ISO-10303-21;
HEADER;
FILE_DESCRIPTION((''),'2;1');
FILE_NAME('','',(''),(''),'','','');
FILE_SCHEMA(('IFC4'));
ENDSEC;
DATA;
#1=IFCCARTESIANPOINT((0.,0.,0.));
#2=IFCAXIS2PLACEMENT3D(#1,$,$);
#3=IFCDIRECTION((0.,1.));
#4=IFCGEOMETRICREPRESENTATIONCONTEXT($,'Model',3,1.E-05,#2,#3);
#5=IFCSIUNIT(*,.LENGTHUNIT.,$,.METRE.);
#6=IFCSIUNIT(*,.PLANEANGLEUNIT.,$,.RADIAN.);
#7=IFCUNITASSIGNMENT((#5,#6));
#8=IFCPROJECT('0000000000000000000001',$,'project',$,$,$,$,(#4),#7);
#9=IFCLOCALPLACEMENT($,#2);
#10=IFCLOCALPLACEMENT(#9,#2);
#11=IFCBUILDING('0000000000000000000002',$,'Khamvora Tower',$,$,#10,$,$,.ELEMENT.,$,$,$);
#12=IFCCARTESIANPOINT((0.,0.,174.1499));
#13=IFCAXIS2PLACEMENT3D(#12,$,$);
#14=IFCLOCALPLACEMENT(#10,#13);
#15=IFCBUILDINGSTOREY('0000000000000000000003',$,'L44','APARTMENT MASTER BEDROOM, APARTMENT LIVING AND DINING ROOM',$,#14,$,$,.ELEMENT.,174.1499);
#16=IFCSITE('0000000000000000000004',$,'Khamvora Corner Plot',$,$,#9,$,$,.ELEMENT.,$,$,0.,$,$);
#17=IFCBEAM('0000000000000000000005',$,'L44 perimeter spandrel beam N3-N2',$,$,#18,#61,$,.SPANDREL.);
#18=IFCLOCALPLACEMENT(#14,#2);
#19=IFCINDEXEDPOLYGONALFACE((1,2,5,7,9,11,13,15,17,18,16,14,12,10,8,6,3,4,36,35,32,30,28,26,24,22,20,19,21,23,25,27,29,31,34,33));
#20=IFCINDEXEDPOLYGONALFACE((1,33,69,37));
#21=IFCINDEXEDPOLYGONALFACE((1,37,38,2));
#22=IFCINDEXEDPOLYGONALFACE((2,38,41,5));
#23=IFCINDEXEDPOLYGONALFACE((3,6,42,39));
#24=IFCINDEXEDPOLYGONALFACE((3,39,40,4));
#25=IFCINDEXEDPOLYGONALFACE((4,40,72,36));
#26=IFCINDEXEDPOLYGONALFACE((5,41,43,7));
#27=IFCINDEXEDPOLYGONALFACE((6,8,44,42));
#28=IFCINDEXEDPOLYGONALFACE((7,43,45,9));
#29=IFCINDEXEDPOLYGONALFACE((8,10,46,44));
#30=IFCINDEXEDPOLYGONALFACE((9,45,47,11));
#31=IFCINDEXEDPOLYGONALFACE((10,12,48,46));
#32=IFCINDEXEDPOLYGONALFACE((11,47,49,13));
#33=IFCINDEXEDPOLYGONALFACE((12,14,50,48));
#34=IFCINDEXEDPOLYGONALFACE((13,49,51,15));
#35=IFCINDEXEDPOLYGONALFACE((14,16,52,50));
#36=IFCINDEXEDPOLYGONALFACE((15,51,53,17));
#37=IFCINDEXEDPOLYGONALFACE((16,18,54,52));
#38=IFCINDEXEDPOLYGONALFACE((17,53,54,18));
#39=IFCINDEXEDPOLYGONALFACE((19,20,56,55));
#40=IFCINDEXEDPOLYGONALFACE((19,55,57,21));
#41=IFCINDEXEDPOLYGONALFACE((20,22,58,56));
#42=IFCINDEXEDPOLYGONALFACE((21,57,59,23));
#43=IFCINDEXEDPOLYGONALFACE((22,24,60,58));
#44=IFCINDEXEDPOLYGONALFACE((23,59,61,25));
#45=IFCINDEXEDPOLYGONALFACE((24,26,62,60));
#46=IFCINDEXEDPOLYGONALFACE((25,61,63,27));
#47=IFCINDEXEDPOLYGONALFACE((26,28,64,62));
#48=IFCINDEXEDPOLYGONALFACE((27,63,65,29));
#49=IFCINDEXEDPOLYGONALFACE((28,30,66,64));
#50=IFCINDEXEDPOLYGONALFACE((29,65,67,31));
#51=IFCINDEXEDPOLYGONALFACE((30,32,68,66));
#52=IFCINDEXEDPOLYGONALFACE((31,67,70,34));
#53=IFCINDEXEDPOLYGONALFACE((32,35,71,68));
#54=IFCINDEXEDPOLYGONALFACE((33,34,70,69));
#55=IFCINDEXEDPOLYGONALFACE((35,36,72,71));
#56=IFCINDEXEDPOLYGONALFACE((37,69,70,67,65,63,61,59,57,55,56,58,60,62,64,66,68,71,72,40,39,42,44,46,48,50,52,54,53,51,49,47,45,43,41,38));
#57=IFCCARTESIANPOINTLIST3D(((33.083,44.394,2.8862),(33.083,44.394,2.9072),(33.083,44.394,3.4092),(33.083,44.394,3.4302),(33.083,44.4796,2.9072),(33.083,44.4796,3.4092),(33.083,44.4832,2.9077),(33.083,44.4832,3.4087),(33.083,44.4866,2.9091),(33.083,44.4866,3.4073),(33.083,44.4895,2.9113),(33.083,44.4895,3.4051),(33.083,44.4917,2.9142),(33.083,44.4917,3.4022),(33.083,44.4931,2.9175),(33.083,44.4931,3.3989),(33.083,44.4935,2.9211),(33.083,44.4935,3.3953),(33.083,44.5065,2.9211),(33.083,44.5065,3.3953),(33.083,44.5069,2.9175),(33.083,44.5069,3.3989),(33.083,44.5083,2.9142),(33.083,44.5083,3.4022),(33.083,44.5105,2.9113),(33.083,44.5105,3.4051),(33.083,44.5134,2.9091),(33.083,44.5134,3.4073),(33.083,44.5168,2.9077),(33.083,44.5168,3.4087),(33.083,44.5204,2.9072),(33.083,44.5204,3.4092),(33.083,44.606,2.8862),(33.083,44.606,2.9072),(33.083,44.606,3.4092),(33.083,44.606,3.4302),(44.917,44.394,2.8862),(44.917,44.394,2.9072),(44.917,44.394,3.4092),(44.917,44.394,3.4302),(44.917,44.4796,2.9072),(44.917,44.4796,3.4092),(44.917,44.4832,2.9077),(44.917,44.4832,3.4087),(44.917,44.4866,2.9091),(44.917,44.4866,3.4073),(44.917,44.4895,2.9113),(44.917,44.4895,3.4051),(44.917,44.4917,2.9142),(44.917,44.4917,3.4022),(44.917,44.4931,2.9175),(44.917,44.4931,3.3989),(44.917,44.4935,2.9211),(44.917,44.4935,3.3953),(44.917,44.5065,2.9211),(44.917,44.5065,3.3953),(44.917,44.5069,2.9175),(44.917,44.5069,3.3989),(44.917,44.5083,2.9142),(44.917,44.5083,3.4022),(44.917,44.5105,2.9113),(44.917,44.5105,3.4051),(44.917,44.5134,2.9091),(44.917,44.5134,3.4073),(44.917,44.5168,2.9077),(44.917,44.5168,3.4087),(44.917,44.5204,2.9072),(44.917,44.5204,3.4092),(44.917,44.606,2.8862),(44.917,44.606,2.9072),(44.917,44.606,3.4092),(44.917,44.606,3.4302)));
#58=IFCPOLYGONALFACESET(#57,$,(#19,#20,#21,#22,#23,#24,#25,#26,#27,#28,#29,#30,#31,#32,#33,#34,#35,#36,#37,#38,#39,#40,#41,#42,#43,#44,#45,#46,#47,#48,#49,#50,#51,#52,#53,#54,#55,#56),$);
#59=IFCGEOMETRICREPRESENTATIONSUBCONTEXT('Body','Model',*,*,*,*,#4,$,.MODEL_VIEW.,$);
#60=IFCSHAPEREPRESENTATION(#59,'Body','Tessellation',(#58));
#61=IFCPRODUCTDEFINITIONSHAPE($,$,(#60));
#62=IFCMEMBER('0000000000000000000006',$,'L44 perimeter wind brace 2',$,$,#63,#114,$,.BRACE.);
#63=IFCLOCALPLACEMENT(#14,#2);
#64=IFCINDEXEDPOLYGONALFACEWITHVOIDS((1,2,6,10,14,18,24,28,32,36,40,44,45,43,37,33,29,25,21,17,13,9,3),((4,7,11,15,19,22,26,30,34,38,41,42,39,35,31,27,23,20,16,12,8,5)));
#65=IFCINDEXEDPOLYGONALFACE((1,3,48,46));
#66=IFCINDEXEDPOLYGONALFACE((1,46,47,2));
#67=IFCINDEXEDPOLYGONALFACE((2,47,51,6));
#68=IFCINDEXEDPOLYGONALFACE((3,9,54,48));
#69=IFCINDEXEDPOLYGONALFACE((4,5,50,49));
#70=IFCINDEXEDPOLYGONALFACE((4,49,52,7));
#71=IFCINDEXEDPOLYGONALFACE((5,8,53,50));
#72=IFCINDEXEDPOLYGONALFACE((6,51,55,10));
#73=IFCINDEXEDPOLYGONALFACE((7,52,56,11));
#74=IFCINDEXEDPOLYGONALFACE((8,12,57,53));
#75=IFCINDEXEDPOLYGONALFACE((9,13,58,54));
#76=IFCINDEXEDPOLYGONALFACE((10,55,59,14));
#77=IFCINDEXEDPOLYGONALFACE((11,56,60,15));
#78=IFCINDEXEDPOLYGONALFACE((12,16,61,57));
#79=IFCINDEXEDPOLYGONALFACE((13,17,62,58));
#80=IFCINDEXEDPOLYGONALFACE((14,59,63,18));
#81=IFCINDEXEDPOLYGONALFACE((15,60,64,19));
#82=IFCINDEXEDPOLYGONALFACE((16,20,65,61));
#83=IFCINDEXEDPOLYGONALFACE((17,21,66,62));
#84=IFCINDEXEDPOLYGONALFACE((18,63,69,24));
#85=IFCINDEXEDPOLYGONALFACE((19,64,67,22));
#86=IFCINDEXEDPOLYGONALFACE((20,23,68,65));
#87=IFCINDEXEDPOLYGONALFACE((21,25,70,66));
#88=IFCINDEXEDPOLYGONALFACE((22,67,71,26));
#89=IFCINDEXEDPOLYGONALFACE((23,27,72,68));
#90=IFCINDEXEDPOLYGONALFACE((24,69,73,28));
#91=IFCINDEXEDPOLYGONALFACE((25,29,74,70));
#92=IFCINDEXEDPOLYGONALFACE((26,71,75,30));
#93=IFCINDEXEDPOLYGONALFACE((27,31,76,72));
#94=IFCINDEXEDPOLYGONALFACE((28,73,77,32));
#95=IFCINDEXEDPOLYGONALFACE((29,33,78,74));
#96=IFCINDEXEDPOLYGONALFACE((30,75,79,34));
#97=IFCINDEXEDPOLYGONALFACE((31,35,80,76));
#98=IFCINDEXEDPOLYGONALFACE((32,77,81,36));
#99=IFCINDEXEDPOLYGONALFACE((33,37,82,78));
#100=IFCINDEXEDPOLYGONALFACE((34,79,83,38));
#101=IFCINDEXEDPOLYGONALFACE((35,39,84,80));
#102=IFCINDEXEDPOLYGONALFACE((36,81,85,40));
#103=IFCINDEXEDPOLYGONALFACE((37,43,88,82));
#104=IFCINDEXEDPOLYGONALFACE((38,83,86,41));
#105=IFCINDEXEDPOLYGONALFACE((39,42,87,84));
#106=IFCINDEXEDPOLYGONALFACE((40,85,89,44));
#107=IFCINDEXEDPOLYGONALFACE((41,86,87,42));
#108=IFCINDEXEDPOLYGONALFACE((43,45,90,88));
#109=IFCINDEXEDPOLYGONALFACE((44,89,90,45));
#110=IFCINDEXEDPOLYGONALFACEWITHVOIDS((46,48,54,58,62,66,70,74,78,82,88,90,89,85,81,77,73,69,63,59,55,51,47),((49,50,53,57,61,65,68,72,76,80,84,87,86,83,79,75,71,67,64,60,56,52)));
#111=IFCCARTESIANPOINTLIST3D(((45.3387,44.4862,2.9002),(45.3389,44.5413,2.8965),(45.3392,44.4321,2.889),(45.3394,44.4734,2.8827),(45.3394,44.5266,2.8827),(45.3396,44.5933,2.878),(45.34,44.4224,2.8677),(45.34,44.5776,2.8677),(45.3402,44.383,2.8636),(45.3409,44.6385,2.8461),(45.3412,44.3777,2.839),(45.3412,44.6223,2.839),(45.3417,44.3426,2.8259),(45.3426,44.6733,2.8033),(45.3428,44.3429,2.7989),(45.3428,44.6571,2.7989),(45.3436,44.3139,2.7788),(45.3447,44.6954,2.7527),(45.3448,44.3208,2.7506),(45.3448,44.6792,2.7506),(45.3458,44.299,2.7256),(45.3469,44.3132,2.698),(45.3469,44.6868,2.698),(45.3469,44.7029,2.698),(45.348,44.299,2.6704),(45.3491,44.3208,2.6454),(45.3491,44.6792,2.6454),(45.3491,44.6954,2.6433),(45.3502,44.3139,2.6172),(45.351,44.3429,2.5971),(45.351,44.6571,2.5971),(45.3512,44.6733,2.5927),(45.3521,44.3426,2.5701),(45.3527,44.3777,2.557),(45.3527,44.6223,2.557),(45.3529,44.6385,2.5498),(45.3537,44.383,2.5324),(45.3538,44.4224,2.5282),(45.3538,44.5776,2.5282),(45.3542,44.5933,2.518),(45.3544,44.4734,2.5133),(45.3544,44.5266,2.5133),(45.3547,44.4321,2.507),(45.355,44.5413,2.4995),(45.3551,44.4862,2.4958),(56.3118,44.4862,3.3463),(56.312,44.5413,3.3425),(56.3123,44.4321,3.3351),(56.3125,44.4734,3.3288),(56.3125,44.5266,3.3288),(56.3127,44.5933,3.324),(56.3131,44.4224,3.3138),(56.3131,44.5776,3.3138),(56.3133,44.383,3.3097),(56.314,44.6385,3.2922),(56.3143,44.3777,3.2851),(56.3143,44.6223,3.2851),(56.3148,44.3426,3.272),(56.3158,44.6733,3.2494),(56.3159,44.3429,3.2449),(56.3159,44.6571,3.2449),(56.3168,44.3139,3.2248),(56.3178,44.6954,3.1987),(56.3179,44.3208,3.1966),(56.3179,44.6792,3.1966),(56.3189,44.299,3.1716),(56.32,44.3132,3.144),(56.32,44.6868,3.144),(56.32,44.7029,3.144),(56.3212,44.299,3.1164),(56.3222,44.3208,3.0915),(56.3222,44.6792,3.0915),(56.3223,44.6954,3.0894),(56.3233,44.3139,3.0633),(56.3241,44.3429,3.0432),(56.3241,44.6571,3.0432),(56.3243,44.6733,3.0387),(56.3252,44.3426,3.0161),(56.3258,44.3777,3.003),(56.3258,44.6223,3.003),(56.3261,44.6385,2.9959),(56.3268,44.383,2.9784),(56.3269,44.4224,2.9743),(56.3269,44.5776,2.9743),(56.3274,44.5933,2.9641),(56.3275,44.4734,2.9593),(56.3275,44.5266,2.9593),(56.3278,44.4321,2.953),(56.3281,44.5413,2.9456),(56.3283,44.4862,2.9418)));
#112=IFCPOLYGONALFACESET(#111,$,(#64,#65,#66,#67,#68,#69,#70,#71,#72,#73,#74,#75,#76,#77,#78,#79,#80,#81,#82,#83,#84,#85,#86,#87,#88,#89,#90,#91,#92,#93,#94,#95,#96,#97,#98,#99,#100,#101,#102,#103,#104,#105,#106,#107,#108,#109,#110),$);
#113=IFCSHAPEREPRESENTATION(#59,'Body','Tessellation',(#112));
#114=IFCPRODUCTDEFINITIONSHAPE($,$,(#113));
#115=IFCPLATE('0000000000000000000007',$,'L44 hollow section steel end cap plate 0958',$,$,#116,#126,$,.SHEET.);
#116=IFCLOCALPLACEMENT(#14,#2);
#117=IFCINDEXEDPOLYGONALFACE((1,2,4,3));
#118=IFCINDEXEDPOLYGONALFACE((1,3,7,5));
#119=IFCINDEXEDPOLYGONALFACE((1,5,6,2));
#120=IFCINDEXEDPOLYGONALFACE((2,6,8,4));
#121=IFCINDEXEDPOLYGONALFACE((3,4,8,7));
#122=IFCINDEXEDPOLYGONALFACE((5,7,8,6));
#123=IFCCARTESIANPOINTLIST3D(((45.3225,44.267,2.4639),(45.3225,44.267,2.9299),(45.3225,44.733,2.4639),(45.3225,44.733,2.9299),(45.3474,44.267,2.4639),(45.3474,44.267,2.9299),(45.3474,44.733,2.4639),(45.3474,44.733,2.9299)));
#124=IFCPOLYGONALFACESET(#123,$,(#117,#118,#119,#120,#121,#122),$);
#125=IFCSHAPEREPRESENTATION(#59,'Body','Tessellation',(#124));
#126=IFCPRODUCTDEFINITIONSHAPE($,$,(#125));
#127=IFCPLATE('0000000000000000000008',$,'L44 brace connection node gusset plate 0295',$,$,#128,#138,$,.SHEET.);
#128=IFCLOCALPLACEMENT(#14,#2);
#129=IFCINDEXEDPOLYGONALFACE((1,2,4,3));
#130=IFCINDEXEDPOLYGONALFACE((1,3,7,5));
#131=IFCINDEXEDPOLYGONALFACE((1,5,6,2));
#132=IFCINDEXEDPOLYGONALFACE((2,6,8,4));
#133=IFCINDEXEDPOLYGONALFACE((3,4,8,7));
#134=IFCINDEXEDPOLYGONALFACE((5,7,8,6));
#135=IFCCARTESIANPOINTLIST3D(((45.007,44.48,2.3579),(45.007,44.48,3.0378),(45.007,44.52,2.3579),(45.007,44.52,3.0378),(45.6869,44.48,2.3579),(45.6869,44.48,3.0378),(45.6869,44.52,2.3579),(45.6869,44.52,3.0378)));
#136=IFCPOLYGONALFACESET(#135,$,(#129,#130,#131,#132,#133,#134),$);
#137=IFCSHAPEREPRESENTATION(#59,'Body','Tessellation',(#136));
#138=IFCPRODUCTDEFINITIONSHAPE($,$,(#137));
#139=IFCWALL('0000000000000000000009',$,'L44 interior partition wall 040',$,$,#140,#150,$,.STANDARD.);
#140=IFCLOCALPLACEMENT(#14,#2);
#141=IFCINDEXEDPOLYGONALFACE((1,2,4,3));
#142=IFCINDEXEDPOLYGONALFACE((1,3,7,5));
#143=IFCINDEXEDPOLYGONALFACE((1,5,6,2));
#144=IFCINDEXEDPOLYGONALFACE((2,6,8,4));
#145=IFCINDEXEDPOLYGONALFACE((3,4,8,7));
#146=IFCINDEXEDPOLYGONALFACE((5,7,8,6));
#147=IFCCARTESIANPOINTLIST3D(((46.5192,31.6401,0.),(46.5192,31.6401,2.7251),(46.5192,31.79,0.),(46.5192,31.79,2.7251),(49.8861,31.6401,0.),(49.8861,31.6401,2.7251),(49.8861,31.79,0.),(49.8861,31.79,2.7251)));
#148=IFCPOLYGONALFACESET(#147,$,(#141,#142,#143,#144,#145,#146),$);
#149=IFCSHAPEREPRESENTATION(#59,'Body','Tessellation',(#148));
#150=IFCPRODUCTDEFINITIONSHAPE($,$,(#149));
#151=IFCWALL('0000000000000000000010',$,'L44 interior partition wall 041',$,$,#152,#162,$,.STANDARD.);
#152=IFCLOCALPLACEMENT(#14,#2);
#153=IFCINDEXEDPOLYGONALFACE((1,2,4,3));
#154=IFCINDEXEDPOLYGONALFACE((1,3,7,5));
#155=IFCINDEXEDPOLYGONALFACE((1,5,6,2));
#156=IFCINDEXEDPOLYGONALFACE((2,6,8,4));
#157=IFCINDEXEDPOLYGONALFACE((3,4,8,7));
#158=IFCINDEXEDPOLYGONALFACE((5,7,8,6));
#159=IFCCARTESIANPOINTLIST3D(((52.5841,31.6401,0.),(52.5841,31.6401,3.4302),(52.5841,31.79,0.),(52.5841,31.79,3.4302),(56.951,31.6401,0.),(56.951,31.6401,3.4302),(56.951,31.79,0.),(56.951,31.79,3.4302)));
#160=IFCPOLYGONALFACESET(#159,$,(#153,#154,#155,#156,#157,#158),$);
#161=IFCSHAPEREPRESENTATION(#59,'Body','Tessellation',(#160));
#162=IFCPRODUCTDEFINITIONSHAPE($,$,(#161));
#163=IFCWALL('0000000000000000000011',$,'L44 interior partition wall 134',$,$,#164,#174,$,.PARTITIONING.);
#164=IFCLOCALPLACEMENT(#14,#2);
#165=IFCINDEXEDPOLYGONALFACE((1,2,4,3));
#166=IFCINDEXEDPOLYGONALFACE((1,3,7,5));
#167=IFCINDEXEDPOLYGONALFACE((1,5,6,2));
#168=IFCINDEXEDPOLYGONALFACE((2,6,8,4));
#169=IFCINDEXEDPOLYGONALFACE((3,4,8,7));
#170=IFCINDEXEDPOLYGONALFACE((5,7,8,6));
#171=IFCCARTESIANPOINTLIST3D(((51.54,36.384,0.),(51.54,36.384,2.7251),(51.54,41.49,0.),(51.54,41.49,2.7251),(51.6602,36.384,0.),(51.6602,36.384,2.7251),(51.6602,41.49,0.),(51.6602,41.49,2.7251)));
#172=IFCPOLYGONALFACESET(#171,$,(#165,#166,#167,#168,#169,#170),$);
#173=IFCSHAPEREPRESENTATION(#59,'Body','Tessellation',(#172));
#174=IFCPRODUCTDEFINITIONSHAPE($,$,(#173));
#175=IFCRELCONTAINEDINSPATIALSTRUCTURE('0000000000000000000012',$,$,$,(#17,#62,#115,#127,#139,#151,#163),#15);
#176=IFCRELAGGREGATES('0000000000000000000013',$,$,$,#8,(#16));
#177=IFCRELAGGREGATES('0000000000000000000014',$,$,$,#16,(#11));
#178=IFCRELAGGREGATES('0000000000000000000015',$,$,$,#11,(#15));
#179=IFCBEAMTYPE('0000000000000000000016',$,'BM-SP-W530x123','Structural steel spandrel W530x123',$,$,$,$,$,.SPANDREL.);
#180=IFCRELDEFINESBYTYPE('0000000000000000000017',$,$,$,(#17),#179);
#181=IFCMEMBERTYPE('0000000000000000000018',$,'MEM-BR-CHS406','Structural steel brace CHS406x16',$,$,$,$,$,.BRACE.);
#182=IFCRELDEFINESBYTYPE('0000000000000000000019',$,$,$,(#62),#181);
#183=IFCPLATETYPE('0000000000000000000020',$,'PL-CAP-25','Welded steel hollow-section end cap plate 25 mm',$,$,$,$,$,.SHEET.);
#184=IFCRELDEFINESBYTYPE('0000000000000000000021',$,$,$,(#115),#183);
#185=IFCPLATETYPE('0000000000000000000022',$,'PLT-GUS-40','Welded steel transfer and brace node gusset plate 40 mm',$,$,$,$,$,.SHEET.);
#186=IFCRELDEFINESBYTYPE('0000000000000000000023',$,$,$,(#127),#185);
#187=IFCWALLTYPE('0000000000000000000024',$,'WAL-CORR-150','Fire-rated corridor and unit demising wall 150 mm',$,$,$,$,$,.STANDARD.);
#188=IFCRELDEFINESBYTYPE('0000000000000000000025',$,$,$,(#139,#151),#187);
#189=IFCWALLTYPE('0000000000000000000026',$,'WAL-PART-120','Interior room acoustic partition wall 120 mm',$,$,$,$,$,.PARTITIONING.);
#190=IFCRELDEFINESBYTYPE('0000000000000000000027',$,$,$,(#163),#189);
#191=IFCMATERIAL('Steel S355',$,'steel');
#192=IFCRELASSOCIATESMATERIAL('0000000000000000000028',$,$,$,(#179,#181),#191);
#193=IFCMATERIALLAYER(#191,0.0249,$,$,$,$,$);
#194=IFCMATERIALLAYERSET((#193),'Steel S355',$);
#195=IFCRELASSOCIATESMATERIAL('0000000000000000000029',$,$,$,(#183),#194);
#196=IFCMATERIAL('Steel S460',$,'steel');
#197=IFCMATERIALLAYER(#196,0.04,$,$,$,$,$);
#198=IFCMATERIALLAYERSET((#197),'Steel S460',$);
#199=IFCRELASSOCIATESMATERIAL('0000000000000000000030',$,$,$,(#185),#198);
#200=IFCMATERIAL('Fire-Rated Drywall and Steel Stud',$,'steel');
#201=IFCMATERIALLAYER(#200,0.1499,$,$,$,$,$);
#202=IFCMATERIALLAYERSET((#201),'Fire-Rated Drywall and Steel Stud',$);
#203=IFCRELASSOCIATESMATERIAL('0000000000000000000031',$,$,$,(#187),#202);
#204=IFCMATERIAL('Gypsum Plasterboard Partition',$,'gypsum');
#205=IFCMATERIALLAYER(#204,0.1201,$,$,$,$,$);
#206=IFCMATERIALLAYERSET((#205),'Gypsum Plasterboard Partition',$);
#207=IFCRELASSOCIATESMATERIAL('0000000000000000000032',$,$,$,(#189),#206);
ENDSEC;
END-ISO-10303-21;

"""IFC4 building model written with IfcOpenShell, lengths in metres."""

from ifc_helpers import new_model, si_unit, direction, frame, frame_2d, origin, origin_2d, place, context, subcontext, project, spatial, rectangle, hollow_circle, i_section, extrude, material, layer, layer_set, material_profile, profile_set, type_object, element, save


model = new_model("IFC4")

# Units and contexts
model_context = context("Model", 3, precision=1e-05, world=origin(), true_north=direction((0.0, 1.0)))
body_context = subcontext(model_context, "Body", "Model", "MODEL_VIEW")
ifc_project = project(units=[si_unit("LENGTHUNIT", "METRE"), si_unit("PLANEANGLEUNIT", "RADIAN")], contexts=[model_context])

# Site, building, storey
site_placement = place(None, origin())
site = spatial("IfcSite", under=ifc_project, at=site_placement, Name="Khamvora Corner Plot", CompositionType="ELEMENT", RefElevation=0.0)
building_placement = place(site_placement, origin())
building = spatial("IfcBuilding", under=site, at=building_placement, Name="Khamvora Tower", CompositionType="ELEMENT")
storey_placement = place(building_placement, frame((0.0, 0.0, 174.1499)))
storey = spatial("IfcBuildingStorey", under=building, at=storey_placement, Name="L44", Description="APARTMENT MASTER BEDROOM, APARTMENT LIVING AND DINING ROOM", CompositionType="ELEMENT", Elevation=174.1499)

# Shared definitions
ifc_material_1 = material(Name="Steel S355", Category="steel")

# Beam
ifc_material_profile_1 = material_profile(ifc_material_1, i_section(OverallWidth=0.2119, OverallDepth=0.5439, WebThickness=0.0129, FlangeThickness=0.021, FilletRadius=0.0139, at=origin_2d()), Name="W530x123")
ifc_profile_set_1 = profile_set([ifc_material_profile_1], Name="Steel S355")
beam_type_1 = type_object("IfcBeamType", Name="BM-SP-W530x123", Description="Structural steel spandrel W530x123", PredefinedType="SPANDREL", material=ifc_profile_set_1)
beam_1_placement = place(storey_placement, frame((44.917, 44.5, 3.1582), z_axis=(-1.0, 0.0, 0.0), x_axis=(0.0, -1.0, 0.0)))
element("IfcBeam", 1, at=beam_1_placement, inside=storey, type_object=beam_type_1, Name="L44 perimeter spandrel beam N3-N2", PredefinedType="SPANDREL", context=body_context, shape_type="SweptSolid", body=[
    extrude(i_section(OverallWidth=0.2119, OverallDepth=0.5439, WebThickness=0.0129, FlangeThickness=0.021, FilletRadius=0.0139, at=origin_2d()), origin(), (0.0, 0.0, 1.0), 11.834),
])

# Member
ifc_material_profile_2 = material_profile(ifc_material_1, hollow_circle(Radius=0.2029, WallThickness=0.0161, at=origin_2d()), Name="CHS406x16")
ifc_profile_set_2 = profile_set([ifc_material_profile_2], Name="Steel S355")
member_type = type_object("IfcMemberType", Name="MEM-BR-CHS406", Description="Structural steel brace CHS406x16", PredefinedType="BRACE", material=ifc_profile_set_2)
member_placement = place(storey_placement, frame((45.3469, 44.5, 2.698), z_axis=(0.999175, 0.0, 0.040615), x_axis=(0.0, 1.0, 0.0)))
element("IfcMember", 2, at=member_placement, inside=storey, type_object=member_type, Name="L44 perimeter wind brace 2", PredefinedType="BRACE", context=body_context, shape_type="SweptSolid", body=[
    extrude(hollow_circle(Radius=0.2029, WallThickness=0.0161, at=origin_2d()), origin(), (0.0, 0.0, 1.0), 10.9822),
])

# Plates
ifc_layer_1 = layer(ifc_material_1, 0.0249)
ifc_layer_set_1 = layer_set([ifc_layer_1], Name="Steel S355")
plate_type_1 = type_object("IfcPlateType", Name="PL-CAP-25", Description="Welded steel hollow-section end cap plate 25 mm", PredefinedType="SHEET", material=ifc_layer_set_1)
plate_1_placement = place(storey_placement, frame((45.335, 44.5, 2.4639), z_axis=(0.0, 0.0, 1.0), x_axis=(1.0, 0.0, 0.0)))
element("IfcPlate", 3, at=plate_1_placement, inside=storey, type_object=plate_type_1, Name="L44 hollow section steel end cap plate 0958", PredefinedType="SHEET", context=body_context, shape_type="SweptSolid", body=[
    extrude(rectangle(XDim=0.0249, YDim=0.4661, at=origin_2d()), origin(), (0.0, 0.0, 1.0), 0.4661),
])
ifc_material_2 = material(Name="Steel S460", Category="steel")
ifc_layer_2 = layer(ifc_material_2, 0.04)
ifc_layer_set_2 = layer_set([ifc_layer_2], Name="Steel S460")
plate_type_2 = type_object("IfcPlateType", Name="PLT-GUS-40", Description="Welded steel transfer and brace node gusset plate 40 mm", PredefinedType="SHEET", material=ifc_layer_set_2)
plate_2_placement = place(storey_placement, frame((45.3469, 44.5, 2.3579), z_axis=(0.0, 0.0, 1.0), x_axis=(1.0, 0.0, 0.0)))
element("IfcPlate", 4, at=plate_2_placement, inside=storey, type_object=plate_type_2, Name="L44 brace connection node gusset plate 0295", PredefinedType="SHEET", context=body_context, shape_type="SweptSolid", body=[
    extrude(rectangle(XDim=0.6799, YDim=0.04, at=origin_2d()), origin(), (0.0, 0.0, 1.0), 0.6799),
])

# Shared definitions
ifc_material_3 = material(Name="Fire-Rated Drywall and Steel Stud", Category="steel")
ifc_layer_3 = layer(ifc_material_3, 0.1499)
ifc_layer_set_3 = layer_set([ifc_layer_3], Name="Fire-Rated Drywall and Steel Stud")
wall_type_1 = type_object("IfcWallType", Name="WAL-CORR-150", Description="Fire-rated corridor and unit demising wall 150 mm", PredefinedType="STANDARD", material=ifc_layer_set_3)

# Walls
wall_1_placement = place(storey_placement, frame((46.519, 31.7151, 0.0), z_axis=(0.0, 0.0, 1.0), x_axis=(1.0, 0.0, 0.0)))
element("IfcWall", 5, at=wall_1_placement, inside=storey, type_object=wall_type_1, Name="L44 interior partition wall 040", PredefinedType="STANDARD", context=body_context, shape_type="SweptSolid", body=[
    extrude(rectangle(XDim=3.3669, YDim=0.1499, at=frame_2d((1.6836, 0.0))), origin(), (0.0, 0.0, 1.0), 2.7251),
])
wall_2_placement = place(storey_placement, frame((52.584, 31.7151, 0.0), z_axis=(0.0, 0.0, 1.0), x_axis=(1.0, 0.0, 0.0)))
element("IfcWall", 6, at=wall_2_placement, inside=storey, type_object=wall_type_1, Name="L44 interior partition wall 041", PredefinedType="STANDARD", context=body_context, shape_type="SweptSolid", body=[
    extrude(rectangle(XDim=4.3669, YDim=0.1499, at=frame_2d((2.1836, 0.0))), origin(), (0.0, 0.0, 1.0), 3.4302),
])
ifc_material_4 = material(Name="Gypsum Plasterboard Partition", Category="gypsum")
ifc_layer_4 = layer(ifc_material_4, 0.1201)
ifc_layer_set_4 = layer_set([ifc_layer_4], Name="Gypsum Plasterboard Partition")
wall_type_2 = type_object("IfcWallType", Name="WAL-PART-120", Description="Interior room acoustic partition wall 120 mm", PredefinedType="PARTITIONING", material=ifc_layer_set_4)
wall_3_placement = place(storey_placement, frame((51.6001, 36.384, 0.0), z_axis=(0.0, 0.0, 1.0), x_axis=(0.0, 1.0, 0.0)))
element("IfcWall", 7, at=wall_3_placement, inside=storey, type_object=wall_type_2, Name="L44 interior partition wall 134", PredefinedType="PARTITIONING", context=body_context, shape_type="SweptSolid", body=[
    extrude(rectangle(XDim=5.106, YDim=0.1201, at=frame_2d((2.553, 0.0))), origin(), (0.0, 0.0, 1.0), 2.7251),
])

save(model, "model.ifc")
